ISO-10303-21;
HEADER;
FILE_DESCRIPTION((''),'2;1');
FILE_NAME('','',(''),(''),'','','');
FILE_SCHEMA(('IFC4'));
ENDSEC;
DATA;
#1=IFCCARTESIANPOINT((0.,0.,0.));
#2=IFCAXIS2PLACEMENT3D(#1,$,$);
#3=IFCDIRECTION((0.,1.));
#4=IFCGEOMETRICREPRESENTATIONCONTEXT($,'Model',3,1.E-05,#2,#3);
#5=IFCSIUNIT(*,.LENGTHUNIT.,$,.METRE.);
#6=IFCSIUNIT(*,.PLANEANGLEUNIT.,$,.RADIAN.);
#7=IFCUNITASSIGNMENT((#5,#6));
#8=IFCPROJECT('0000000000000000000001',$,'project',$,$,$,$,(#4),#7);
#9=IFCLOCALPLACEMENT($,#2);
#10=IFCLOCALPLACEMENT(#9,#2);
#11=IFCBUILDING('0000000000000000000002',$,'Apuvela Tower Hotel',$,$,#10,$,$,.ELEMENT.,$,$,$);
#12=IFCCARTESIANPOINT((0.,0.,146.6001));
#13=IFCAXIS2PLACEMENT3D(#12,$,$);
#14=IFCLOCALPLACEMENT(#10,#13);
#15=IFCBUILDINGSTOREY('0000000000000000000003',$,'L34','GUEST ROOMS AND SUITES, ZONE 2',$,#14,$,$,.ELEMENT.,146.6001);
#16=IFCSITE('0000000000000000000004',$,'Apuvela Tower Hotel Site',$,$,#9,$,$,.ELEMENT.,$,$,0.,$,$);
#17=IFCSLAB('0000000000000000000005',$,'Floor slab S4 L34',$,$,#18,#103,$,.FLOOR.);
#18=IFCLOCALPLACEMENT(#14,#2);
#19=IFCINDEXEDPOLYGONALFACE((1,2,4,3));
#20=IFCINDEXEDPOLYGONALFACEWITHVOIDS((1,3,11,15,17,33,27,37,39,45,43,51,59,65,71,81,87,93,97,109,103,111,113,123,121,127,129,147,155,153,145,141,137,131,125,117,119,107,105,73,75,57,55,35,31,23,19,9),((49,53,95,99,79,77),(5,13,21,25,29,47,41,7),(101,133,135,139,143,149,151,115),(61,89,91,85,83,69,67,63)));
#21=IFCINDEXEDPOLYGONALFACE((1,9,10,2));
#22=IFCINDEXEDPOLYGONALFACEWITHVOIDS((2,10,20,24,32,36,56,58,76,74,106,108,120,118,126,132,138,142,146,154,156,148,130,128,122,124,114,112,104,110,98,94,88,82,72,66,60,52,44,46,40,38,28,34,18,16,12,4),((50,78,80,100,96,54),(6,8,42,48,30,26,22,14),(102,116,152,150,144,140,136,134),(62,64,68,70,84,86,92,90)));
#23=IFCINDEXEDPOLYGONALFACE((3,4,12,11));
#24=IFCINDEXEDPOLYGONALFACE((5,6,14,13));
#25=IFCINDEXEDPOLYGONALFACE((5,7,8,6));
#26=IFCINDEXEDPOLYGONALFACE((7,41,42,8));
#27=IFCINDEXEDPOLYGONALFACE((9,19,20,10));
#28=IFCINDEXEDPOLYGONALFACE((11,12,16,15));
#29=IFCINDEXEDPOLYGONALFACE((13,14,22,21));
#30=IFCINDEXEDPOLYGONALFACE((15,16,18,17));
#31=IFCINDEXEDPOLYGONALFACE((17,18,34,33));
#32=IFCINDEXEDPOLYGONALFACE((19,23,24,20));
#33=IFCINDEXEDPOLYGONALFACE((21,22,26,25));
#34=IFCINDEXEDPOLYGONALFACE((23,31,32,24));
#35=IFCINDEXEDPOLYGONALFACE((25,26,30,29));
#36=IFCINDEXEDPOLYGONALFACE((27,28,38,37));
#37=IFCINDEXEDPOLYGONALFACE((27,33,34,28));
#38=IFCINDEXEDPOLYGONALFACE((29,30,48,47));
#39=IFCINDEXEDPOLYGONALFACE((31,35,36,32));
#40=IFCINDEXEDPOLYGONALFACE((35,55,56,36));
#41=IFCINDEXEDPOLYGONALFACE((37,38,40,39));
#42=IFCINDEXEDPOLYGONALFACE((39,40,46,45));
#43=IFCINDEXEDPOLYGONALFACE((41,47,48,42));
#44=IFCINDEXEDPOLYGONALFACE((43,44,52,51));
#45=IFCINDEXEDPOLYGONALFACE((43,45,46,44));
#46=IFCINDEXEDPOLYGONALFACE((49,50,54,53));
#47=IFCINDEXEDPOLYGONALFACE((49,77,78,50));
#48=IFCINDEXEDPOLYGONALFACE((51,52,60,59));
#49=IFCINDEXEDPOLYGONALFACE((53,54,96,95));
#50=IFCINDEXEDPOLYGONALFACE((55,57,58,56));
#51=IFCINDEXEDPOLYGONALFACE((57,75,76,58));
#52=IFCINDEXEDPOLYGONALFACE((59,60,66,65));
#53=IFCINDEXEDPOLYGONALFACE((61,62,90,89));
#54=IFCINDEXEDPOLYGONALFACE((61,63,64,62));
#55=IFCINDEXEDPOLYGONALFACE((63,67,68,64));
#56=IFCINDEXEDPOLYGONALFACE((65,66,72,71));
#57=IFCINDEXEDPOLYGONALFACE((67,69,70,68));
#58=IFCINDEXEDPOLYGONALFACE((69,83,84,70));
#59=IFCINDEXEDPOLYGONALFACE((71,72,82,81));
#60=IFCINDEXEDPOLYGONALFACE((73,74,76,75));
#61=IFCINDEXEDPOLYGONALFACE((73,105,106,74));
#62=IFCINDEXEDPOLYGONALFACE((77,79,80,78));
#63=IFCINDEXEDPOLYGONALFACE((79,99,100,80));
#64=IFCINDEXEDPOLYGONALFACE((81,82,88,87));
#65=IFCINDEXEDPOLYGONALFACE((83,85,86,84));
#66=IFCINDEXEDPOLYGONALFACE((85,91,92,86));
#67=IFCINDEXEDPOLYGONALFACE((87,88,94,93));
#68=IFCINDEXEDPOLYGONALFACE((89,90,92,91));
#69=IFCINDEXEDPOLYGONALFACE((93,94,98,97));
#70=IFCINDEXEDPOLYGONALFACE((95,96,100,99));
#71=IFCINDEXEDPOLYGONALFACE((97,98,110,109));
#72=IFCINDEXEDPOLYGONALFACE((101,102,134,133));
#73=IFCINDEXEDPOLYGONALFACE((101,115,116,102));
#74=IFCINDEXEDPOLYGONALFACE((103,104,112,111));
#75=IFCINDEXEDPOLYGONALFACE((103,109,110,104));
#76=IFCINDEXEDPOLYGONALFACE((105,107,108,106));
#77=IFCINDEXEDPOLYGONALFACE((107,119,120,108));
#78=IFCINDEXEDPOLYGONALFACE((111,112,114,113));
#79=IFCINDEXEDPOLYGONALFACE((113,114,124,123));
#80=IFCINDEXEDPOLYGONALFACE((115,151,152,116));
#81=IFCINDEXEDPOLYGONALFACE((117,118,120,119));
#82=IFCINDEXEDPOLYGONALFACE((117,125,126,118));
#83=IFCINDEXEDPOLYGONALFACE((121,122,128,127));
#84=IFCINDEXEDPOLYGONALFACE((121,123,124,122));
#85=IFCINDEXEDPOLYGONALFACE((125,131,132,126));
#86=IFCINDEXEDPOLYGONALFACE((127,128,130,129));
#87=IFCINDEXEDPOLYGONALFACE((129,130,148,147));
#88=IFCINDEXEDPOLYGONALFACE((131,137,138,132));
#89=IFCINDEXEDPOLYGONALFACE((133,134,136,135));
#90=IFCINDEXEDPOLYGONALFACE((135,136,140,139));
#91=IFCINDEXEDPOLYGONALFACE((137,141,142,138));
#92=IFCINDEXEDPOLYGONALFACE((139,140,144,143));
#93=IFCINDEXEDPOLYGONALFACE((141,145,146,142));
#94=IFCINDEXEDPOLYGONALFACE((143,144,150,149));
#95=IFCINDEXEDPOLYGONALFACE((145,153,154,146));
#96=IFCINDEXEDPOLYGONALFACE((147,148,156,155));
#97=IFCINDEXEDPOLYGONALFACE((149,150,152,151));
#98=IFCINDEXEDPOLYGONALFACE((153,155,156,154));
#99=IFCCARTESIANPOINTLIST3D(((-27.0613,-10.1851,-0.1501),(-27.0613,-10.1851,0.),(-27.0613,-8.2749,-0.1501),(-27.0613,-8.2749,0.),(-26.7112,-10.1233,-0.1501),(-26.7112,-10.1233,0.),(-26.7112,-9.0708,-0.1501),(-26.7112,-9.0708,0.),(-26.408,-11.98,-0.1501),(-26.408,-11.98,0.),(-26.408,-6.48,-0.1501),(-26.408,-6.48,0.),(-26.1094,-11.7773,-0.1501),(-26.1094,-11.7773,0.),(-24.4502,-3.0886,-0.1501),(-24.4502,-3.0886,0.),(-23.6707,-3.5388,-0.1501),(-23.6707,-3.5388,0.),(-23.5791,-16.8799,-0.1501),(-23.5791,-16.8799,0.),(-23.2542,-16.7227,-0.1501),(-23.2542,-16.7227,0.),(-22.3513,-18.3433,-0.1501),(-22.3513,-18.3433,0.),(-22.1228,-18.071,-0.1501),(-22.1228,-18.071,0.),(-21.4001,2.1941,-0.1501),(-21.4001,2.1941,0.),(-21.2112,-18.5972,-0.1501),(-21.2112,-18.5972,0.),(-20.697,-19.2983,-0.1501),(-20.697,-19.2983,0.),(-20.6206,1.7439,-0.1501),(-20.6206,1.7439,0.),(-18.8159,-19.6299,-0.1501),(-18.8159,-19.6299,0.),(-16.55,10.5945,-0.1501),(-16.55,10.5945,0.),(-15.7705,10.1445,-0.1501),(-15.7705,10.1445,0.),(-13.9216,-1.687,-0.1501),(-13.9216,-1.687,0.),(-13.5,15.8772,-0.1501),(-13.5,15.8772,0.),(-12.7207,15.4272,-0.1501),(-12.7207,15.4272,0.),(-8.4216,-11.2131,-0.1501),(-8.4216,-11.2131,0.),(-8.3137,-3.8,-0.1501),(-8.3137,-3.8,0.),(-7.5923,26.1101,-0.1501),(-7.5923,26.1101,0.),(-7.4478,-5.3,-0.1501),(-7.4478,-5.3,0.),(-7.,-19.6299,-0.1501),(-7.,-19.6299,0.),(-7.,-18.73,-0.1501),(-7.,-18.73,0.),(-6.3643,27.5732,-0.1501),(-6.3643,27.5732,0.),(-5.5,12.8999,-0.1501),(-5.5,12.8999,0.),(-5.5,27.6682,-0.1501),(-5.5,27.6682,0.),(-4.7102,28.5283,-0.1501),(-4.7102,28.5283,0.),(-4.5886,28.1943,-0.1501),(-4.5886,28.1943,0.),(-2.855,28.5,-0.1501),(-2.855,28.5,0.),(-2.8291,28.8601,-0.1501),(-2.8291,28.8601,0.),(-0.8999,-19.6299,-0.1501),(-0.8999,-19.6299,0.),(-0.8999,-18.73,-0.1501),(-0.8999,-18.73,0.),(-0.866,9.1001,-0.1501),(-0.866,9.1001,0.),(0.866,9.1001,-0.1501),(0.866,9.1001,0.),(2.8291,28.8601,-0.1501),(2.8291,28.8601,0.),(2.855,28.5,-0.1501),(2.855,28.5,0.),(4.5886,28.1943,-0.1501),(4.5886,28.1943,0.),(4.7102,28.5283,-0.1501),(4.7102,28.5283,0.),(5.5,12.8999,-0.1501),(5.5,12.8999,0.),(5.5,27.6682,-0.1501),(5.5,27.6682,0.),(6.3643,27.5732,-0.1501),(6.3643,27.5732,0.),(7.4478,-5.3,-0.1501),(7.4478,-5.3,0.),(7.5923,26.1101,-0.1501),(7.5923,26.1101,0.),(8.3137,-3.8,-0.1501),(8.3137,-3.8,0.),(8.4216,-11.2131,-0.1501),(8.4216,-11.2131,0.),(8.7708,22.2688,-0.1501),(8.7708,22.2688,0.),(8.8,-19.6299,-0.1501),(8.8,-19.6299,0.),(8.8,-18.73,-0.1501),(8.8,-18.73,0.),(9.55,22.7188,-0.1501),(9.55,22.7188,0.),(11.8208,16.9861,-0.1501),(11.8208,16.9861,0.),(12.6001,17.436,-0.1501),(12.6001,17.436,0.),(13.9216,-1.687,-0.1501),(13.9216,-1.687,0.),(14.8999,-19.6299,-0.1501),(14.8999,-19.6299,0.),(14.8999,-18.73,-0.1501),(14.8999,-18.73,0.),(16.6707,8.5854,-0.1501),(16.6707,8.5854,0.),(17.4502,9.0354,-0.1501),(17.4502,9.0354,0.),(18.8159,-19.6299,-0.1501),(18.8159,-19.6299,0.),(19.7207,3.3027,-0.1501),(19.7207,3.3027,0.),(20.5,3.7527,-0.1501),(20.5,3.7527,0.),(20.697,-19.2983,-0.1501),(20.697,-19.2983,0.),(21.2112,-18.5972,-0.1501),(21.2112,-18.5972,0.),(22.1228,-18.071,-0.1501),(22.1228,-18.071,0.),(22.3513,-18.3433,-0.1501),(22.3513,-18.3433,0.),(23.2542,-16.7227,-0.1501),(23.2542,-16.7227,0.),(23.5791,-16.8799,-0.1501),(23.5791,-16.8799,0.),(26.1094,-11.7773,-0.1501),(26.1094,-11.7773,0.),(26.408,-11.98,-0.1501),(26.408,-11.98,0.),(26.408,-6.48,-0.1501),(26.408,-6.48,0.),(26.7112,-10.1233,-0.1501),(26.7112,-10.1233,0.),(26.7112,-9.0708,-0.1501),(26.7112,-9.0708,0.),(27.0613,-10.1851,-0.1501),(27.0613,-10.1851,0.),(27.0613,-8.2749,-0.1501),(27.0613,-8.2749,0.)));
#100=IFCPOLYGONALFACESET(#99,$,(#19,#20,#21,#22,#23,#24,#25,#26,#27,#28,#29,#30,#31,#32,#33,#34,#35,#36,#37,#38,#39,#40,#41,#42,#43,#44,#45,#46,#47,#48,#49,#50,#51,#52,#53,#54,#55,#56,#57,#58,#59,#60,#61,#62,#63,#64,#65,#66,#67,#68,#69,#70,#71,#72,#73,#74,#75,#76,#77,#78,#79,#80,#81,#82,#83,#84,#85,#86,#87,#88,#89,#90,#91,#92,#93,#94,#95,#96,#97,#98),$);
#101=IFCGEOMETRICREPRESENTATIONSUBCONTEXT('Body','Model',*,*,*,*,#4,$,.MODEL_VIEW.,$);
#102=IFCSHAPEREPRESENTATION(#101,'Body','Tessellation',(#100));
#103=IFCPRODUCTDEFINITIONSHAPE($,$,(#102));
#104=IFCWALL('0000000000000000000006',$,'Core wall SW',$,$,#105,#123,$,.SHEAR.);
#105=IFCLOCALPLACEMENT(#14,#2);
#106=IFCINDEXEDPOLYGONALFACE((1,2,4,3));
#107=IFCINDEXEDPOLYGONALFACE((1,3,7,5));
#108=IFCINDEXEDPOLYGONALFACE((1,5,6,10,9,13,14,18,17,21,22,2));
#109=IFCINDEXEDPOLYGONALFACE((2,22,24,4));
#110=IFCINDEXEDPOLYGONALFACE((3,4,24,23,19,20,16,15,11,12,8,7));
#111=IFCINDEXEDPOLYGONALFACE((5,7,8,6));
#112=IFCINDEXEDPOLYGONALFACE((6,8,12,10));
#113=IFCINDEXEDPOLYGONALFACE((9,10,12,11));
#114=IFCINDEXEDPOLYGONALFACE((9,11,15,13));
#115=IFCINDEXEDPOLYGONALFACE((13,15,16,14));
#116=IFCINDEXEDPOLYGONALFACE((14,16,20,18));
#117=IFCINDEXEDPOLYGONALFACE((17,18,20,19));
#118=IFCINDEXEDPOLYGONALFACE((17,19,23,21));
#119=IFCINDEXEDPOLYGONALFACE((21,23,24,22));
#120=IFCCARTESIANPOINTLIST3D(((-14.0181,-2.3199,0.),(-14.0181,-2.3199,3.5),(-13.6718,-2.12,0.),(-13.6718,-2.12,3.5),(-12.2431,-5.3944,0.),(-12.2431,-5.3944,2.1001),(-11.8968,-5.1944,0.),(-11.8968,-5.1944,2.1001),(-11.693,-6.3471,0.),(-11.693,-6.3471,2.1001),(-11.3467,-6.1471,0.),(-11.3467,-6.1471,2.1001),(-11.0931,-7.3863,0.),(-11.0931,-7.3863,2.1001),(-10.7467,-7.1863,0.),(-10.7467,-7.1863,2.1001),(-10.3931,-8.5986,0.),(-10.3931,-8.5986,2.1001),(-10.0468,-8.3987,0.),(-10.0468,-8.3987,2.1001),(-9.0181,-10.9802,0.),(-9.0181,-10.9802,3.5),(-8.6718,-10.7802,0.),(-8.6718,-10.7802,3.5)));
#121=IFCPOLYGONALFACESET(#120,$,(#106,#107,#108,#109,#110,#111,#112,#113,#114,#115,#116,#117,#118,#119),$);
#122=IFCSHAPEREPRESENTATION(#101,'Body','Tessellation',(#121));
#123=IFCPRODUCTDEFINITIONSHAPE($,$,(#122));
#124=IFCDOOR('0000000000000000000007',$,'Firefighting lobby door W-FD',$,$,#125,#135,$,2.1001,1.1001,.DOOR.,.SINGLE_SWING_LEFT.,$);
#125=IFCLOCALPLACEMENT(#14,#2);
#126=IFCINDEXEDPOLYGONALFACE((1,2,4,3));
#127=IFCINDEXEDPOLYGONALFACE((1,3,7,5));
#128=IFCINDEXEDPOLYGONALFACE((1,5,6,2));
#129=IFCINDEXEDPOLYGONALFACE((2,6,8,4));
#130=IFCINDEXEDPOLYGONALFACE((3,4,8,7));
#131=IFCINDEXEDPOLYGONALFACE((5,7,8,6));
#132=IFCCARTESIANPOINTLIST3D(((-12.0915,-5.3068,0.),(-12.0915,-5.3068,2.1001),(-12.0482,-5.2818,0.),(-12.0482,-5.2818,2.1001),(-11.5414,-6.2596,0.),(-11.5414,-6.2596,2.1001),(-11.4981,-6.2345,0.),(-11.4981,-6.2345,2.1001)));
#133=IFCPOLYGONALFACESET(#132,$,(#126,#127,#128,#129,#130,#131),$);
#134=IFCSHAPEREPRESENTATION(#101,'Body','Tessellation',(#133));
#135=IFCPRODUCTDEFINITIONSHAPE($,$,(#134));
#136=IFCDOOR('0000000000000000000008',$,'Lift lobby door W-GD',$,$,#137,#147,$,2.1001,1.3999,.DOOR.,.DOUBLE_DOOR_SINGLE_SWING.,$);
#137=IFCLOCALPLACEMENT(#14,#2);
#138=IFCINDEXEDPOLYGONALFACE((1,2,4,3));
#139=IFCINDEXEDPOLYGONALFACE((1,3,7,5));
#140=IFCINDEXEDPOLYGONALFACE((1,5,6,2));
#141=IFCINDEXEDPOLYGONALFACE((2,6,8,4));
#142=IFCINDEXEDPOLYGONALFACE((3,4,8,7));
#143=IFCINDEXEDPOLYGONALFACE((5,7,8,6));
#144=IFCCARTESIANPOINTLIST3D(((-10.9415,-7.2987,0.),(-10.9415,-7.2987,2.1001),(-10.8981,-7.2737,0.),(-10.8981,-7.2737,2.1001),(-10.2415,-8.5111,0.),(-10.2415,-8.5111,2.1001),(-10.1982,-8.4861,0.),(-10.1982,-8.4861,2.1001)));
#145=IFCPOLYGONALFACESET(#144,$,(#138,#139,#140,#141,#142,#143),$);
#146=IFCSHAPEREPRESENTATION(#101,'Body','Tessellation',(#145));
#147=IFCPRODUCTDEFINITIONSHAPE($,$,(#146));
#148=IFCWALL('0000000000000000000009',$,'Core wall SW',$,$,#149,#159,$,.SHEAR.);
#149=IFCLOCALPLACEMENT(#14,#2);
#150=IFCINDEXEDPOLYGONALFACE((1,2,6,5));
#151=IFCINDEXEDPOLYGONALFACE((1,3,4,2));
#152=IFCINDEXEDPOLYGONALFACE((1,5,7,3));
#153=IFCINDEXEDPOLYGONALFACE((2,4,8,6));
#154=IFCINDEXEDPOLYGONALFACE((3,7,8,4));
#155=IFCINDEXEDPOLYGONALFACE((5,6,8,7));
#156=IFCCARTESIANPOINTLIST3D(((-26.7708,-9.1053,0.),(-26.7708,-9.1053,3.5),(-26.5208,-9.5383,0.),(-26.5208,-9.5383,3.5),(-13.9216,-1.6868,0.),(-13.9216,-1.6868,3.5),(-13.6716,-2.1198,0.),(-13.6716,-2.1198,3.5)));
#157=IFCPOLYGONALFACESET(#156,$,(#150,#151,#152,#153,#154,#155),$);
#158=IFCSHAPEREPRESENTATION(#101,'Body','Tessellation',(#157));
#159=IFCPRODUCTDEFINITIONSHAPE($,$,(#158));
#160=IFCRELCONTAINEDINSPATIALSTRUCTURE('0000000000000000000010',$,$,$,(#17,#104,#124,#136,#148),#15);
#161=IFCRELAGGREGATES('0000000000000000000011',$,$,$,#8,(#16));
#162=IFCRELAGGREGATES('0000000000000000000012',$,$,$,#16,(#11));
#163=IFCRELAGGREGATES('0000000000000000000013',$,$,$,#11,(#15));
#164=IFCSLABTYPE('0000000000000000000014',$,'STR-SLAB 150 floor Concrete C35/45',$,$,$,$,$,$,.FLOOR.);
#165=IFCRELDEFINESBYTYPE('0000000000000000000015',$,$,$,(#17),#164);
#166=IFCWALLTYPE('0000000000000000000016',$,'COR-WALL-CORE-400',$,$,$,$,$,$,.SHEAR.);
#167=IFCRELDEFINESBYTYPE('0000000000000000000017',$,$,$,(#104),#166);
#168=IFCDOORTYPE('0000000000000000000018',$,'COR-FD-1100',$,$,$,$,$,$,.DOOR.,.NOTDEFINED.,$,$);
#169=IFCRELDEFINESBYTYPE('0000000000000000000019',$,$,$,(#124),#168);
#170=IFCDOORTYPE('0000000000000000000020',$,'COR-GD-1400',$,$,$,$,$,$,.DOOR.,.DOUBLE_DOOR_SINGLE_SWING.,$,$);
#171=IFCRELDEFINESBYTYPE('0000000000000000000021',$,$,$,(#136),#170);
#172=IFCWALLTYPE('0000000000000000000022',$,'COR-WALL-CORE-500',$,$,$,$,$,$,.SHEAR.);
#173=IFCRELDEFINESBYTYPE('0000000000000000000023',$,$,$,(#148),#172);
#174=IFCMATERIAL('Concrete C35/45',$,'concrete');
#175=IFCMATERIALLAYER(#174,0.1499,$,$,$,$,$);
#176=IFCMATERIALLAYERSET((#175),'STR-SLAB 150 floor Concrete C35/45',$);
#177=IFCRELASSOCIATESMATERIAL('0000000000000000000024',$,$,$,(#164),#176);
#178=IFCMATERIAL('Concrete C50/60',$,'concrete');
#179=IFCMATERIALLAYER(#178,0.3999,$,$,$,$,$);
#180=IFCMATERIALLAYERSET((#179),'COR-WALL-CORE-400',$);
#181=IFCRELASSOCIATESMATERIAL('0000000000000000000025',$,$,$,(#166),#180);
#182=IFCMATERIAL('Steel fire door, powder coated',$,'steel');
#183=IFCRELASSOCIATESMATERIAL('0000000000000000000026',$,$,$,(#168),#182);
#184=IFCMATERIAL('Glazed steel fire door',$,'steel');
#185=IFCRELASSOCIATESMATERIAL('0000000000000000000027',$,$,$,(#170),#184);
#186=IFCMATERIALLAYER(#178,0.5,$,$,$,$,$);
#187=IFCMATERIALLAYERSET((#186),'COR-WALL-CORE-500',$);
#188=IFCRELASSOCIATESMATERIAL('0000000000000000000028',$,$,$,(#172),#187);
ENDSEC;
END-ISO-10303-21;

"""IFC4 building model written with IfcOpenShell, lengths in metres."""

from ifc_helpers import new_model, si_unit, direction, frame, frame_2d, origin, place, context, subcontext, project, spatial, polyline, rectangle, outline, extrude, material, layer, layer_set, type_object, element, fill, save


model = new_model("IFC4")

# Units and contexts
model_context = context("Model", 3, precision=1e-05, world=origin(), true_north=direction((0.0, 1.0)))
body_context = subcontext(model_context, "Body", "Model", "MODEL_VIEW")
ifc_project = project(units=[si_unit("LENGTHUNIT", "METRE"), si_unit("PLANEANGLEUNIT", "RADIAN")], contexts=[model_context])

# Site, building, storey
site_placement = place(None, origin())
site = spatial("IfcSite", under=ifc_project, at=site_placement, Name="Apuvela Tower Hotel Site", CompositionType="ELEMENT", RefElevation=0.0)
building_placement = place(site_placement, origin())
building = spatial("IfcBuilding", under=site, at=building_placement, Name="Apuvela Tower Hotel", CompositionType="ELEMENT")
storey_placement = place(building_placement, frame((0.0, 0.0, 146.6001)))
storey = spatial("IfcBuildingStorey", under=building, at=storey_placement, Name="L34", Description="GUEST ROOMS AND SUITES, ZONE 2", CompositionType="ELEMENT", Elevation=146.6001)

# Slab
ifc_material_1 = material(Name="Concrete C35/45", Category="concrete")
ifc_layer_1 = layer(ifc_material_1, 0.1499)
ifc_layer_set_1 = layer_set([ifc_layer_1], Name="STR-SLAB 150 floor Concrete C35/45")
slab_type_1 = type_object("IfcSlabType", Name="STR-SLAB 150 floor Concrete C35/45", PredefinedType="FLOOR", material=ifc_layer_set_1)
slab_1_placement = place(storey_placement, frame((0.0, 0.0, -0.1501)))
element("IfcSlab", 1, at=slab_1_placement, inside=storey, type_object=slab_type_1, Name="Floor slab S4 L34", PredefinedType="FLOOR", context=body_context, shape_type="SweptSolid", body=[
    extrude(outline(polyline([(-6.3643, 27.5732), (-4.7102, 28.5283), (-2.8291, 28.8601), (2.8291, 28.8601), (4.7102, 28.5283), (6.3643, 27.5732), (7.5923, 26.1101), (9.55, 22.7188), (8.7708, 22.2688), (11.8208, 16.9861), (12.6001, 17.436), (17.4502, 9.0354), (16.6707, 8.5854), (19.7207, 3.3027), (20.5, 3.7527), (26.408, -6.48), (27.0613, -8.2749), (27.0613, -10.1851), (26.408, -11.98), (23.5791, -16.8799), (22.3513, -18.3433), (20.697, -19.2983), (18.8159, -19.6299), (14.8999, -19.6299), (14.8999, -18.73), (8.8, -18.73), (8.8, -19.6299), (-0.8999, -19.6299), (-0.8999, -18.73), (-7.0, -18.73), (-7.0, -19.6299), (-18.8159, -19.6299), (-20.697, -19.2983), (-22.3513, -18.3433), (-23.5791, -16.8799), (-26.408, -11.98), (-27.0613, -10.1851), (-27.0613, -8.2749), (-26.408, -6.48), (-24.4502, -3.0886), (-23.6707, -3.5388), (-20.6206, 1.7439), (-21.4001, 2.1941), (-16.55, 10.5945), (-15.7705, 10.1445), (-12.7207, 15.4272), (-13.5, 15.8772), (-7.5923, 26.1101), (-6.3643, 27.5732)]), holes=[polyline([(0.866, 9.1001), (-0.866, 9.1001), (-8.3137, -3.8), (-7.4478, -5.3), (7.4478, -5.3), (8.3137, -3.8), (0.866, 9.1001)]), polyline([(-5.5, 12.8999), (-5.5, 27.6682), (-4.5886, 28.1943), (-2.855, 28.5), (2.855, 28.5), (4.5886, 28.1943), (5.5, 27.6682), (5.5, 12.8999), (-5.5, 12.8999)]), polyline([(-8.4216, -11.2131), (-21.2112, -18.5972), (-22.1228, -18.071), (-23.2542, -16.7227), (-26.1094, -11.7773), (-26.7112, -10.1233), (-26.7112, -9.0708), (-13.9216, -1.687), (-8.4216, -11.2131)]), polyline([(13.9216, -1.687), (26.7112, -9.0708), (26.7112, -10.1233), (26.1094, -11.7773), (23.2542, -16.7227), (22.1228, -18.071), (21.2112, -18.5972), (8.4216, -11.2131), (13.9216, -1.687)])]), origin(), (0.0, 0.0, 1.0), 0.1501),
])

# Wall, openings, doors
ifc_material_2 = material(Name="Concrete C50/60", Category="concrete")
ifc_layer_2 = layer(ifc_material_2, 0.3999)
ifc_layer_set_2 = layer_set([ifc_layer_2], Name="COR-WALL-CORE-400")
wall_type_1 = type_object("IfcWallType", Name="COR-WALL-CORE-400", PredefinedType="SHEAR", material=ifc_layer_set_2)
wall_1_placement = place(storey_placement, frame((-13.845, -2.22, 0.0), z_axis=(0.0, 0.0, 1.0), x_axis=(0.500004, -0.866023, 0.0)))
wall_1 = element("IfcWall", 2, at=wall_1_placement, inside=storey, type_object=wall_type_1, Name="Core wall SW", PredefinedType="SHEAR", context=body_context, shape_type="SweptSolid", body=[
    extrude(rectangle(XDim=10.0, YDim=0.3999, at=frame_2d((5.0, 0.0))), origin(), (0.0, 0.0, 1.0), 3.5),
])
opening_1_placement = place(wall_1_placement, frame((3.55, 0.0, 0.0)))
opening_1 = element("IfcOpeningElement", 3, at=opening_1_placement, cuts=wall_1, PredefinedType="OPENING", context=body_context, shape_type="SweptSolid", body=[
    extrude(rectangle(XDim=1.1001, YDim=2.1001, at=frame_2d((0.55, 1.05))), frame((0.0, 0.21, 0.0), z_axis=(0.0, -1.0, 0.0), x_axis=(1.0, 0.0, 0.0)), (0.0, 0.0, 1.0), 0.4199),
])
opening_2_placement = place(wall_1_placement, frame((5.8501, 0.0, 0.0)))
opening_2 = element("IfcOpeningElement", 4, at=opening_2_placement, cuts=wall_1, PredefinedType="OPENING", context=body_context, shape_type="SweptSolid", body=[
    extrude(rectangle(XDim=1.3999, YDim=2.1001, at=frame_2d((0.7, 1.05))), frame((0.0, 0.21, 0.0), z_axis=(0.0, -1.0, 0.0), x_axis=(1.0, 0.0, 0.0)), (0.0, 0.0, 1.0), 0.4199),
])
ifc_material_3 = material(Name="Steel fire door, powder coated", Category="steel")
door_type_1 = type_object("IfcDoorType", Name="COR-FD-1100", OperationType="NOTDEFINED", PredefinedType="DOOR", material=ifc_material_3)
door_1_placement = place(opening_1_placement, frame((1.1001, 0.0, 0.0), z_axis=(0.0, 0.0, 1.0), x_axis=(-1.0, 0.0, 0.0)))
door_1 = element("IfcDoor", 5, at=door_1_placement, inside=storey, type_object=door_type_1, Name="Firefighting lobby door W-FD", OperationType="SINGLE_SWING_LEFT", OverallHeight=2.1001, OverallWidth=1.1001, PredefinedType="DOOR", context=body_context, shape_type="SweptSolid", body=[
    extrude(rectangle(XDim=1.1001, YDim=2.1001, at=frame_2d((0.55, 1.05))), frame((0.0, 0.0249, 0.0), z_axis=(0.0, -1.0, 0.0), x_axis=(1.0, 0.0, 0.0)), (0.0, 0.0, 1.0), 0.05),
])
fill(opening_1, door_1)
ifc_material_4 = material(Name="Glazed steel fire door", Category="steel")
door_type_2 = type_object("IfcDoorType", Name="COR-GD-1400", OperationType="DOUBLE_DOOR_SINGLE_SWING", PredefinedType="DOOR", material=ifc_material_4)
door_2_placement = place(opening_2_placement, frame((1.3999, 0.0, 0.0), z_axis=(0.0, 0.0, 1.0), x_axis=(-1.0, 0.0, 0.0)))
door_2 = element("IfcDoor", 6, at=door_2_placement, inside=storey, type_object=door_type_2, Name="Lift lobby door W-GD", OperationType="DOUBLE_DOOR_SINGLE_SWING", OverallHeight=2.1001, OverallWidth=1.3999, PredefinedType="DOOR", context=body_context, shape_type="SweptSolid", body=[
    extrude(rectangle(XDim=1.3999, YDim=2.1001, at=frame_2d((0.7, 1.05))), frame((0.0, 0.0249, 0.0), z_axis=(0.0, -1.0, 0.0), x_axis=(1.0, 0.0, 0.0)), (0.0, 0.0, 1.0), 0.05),
])
fill(opening_2, door_2)

# Wall
ifc_layer_3 = layer(ifc_material_2, 0.5)
ifc_layer_set_3 = layer_set([ifc_layer_3], Name="COR-WALL-CORE-500")
wall_type_2 = type_object("IfcWallType", Name="COR-WALL-CORE-500", PredefinedType="SHEAR", material=ifc_layer_set_3)
wall_2_placement = place(storey_placement, frame((-13.7966, -1.9033, 0.0), z_axis=(0.0, 0.0, 1.0), x_axis=(-0.866025, -0.500001, 0.0)))
element("IfcWall", 7, at=wall_2_placement, inside=storey, type_object=wall_type_2, Name="Core wall SW", PredefinedType="SHEAR", context=body_context, shape_type="SweptSolid", body=[
    extrude(rectangle(XDim=14.8369, YDim=0.5, at=frame_2d((7.4185, 0.0))), origin(), (0.0, 0.0, 1.0), 3.5),
])

save(model, "model.ifc")
